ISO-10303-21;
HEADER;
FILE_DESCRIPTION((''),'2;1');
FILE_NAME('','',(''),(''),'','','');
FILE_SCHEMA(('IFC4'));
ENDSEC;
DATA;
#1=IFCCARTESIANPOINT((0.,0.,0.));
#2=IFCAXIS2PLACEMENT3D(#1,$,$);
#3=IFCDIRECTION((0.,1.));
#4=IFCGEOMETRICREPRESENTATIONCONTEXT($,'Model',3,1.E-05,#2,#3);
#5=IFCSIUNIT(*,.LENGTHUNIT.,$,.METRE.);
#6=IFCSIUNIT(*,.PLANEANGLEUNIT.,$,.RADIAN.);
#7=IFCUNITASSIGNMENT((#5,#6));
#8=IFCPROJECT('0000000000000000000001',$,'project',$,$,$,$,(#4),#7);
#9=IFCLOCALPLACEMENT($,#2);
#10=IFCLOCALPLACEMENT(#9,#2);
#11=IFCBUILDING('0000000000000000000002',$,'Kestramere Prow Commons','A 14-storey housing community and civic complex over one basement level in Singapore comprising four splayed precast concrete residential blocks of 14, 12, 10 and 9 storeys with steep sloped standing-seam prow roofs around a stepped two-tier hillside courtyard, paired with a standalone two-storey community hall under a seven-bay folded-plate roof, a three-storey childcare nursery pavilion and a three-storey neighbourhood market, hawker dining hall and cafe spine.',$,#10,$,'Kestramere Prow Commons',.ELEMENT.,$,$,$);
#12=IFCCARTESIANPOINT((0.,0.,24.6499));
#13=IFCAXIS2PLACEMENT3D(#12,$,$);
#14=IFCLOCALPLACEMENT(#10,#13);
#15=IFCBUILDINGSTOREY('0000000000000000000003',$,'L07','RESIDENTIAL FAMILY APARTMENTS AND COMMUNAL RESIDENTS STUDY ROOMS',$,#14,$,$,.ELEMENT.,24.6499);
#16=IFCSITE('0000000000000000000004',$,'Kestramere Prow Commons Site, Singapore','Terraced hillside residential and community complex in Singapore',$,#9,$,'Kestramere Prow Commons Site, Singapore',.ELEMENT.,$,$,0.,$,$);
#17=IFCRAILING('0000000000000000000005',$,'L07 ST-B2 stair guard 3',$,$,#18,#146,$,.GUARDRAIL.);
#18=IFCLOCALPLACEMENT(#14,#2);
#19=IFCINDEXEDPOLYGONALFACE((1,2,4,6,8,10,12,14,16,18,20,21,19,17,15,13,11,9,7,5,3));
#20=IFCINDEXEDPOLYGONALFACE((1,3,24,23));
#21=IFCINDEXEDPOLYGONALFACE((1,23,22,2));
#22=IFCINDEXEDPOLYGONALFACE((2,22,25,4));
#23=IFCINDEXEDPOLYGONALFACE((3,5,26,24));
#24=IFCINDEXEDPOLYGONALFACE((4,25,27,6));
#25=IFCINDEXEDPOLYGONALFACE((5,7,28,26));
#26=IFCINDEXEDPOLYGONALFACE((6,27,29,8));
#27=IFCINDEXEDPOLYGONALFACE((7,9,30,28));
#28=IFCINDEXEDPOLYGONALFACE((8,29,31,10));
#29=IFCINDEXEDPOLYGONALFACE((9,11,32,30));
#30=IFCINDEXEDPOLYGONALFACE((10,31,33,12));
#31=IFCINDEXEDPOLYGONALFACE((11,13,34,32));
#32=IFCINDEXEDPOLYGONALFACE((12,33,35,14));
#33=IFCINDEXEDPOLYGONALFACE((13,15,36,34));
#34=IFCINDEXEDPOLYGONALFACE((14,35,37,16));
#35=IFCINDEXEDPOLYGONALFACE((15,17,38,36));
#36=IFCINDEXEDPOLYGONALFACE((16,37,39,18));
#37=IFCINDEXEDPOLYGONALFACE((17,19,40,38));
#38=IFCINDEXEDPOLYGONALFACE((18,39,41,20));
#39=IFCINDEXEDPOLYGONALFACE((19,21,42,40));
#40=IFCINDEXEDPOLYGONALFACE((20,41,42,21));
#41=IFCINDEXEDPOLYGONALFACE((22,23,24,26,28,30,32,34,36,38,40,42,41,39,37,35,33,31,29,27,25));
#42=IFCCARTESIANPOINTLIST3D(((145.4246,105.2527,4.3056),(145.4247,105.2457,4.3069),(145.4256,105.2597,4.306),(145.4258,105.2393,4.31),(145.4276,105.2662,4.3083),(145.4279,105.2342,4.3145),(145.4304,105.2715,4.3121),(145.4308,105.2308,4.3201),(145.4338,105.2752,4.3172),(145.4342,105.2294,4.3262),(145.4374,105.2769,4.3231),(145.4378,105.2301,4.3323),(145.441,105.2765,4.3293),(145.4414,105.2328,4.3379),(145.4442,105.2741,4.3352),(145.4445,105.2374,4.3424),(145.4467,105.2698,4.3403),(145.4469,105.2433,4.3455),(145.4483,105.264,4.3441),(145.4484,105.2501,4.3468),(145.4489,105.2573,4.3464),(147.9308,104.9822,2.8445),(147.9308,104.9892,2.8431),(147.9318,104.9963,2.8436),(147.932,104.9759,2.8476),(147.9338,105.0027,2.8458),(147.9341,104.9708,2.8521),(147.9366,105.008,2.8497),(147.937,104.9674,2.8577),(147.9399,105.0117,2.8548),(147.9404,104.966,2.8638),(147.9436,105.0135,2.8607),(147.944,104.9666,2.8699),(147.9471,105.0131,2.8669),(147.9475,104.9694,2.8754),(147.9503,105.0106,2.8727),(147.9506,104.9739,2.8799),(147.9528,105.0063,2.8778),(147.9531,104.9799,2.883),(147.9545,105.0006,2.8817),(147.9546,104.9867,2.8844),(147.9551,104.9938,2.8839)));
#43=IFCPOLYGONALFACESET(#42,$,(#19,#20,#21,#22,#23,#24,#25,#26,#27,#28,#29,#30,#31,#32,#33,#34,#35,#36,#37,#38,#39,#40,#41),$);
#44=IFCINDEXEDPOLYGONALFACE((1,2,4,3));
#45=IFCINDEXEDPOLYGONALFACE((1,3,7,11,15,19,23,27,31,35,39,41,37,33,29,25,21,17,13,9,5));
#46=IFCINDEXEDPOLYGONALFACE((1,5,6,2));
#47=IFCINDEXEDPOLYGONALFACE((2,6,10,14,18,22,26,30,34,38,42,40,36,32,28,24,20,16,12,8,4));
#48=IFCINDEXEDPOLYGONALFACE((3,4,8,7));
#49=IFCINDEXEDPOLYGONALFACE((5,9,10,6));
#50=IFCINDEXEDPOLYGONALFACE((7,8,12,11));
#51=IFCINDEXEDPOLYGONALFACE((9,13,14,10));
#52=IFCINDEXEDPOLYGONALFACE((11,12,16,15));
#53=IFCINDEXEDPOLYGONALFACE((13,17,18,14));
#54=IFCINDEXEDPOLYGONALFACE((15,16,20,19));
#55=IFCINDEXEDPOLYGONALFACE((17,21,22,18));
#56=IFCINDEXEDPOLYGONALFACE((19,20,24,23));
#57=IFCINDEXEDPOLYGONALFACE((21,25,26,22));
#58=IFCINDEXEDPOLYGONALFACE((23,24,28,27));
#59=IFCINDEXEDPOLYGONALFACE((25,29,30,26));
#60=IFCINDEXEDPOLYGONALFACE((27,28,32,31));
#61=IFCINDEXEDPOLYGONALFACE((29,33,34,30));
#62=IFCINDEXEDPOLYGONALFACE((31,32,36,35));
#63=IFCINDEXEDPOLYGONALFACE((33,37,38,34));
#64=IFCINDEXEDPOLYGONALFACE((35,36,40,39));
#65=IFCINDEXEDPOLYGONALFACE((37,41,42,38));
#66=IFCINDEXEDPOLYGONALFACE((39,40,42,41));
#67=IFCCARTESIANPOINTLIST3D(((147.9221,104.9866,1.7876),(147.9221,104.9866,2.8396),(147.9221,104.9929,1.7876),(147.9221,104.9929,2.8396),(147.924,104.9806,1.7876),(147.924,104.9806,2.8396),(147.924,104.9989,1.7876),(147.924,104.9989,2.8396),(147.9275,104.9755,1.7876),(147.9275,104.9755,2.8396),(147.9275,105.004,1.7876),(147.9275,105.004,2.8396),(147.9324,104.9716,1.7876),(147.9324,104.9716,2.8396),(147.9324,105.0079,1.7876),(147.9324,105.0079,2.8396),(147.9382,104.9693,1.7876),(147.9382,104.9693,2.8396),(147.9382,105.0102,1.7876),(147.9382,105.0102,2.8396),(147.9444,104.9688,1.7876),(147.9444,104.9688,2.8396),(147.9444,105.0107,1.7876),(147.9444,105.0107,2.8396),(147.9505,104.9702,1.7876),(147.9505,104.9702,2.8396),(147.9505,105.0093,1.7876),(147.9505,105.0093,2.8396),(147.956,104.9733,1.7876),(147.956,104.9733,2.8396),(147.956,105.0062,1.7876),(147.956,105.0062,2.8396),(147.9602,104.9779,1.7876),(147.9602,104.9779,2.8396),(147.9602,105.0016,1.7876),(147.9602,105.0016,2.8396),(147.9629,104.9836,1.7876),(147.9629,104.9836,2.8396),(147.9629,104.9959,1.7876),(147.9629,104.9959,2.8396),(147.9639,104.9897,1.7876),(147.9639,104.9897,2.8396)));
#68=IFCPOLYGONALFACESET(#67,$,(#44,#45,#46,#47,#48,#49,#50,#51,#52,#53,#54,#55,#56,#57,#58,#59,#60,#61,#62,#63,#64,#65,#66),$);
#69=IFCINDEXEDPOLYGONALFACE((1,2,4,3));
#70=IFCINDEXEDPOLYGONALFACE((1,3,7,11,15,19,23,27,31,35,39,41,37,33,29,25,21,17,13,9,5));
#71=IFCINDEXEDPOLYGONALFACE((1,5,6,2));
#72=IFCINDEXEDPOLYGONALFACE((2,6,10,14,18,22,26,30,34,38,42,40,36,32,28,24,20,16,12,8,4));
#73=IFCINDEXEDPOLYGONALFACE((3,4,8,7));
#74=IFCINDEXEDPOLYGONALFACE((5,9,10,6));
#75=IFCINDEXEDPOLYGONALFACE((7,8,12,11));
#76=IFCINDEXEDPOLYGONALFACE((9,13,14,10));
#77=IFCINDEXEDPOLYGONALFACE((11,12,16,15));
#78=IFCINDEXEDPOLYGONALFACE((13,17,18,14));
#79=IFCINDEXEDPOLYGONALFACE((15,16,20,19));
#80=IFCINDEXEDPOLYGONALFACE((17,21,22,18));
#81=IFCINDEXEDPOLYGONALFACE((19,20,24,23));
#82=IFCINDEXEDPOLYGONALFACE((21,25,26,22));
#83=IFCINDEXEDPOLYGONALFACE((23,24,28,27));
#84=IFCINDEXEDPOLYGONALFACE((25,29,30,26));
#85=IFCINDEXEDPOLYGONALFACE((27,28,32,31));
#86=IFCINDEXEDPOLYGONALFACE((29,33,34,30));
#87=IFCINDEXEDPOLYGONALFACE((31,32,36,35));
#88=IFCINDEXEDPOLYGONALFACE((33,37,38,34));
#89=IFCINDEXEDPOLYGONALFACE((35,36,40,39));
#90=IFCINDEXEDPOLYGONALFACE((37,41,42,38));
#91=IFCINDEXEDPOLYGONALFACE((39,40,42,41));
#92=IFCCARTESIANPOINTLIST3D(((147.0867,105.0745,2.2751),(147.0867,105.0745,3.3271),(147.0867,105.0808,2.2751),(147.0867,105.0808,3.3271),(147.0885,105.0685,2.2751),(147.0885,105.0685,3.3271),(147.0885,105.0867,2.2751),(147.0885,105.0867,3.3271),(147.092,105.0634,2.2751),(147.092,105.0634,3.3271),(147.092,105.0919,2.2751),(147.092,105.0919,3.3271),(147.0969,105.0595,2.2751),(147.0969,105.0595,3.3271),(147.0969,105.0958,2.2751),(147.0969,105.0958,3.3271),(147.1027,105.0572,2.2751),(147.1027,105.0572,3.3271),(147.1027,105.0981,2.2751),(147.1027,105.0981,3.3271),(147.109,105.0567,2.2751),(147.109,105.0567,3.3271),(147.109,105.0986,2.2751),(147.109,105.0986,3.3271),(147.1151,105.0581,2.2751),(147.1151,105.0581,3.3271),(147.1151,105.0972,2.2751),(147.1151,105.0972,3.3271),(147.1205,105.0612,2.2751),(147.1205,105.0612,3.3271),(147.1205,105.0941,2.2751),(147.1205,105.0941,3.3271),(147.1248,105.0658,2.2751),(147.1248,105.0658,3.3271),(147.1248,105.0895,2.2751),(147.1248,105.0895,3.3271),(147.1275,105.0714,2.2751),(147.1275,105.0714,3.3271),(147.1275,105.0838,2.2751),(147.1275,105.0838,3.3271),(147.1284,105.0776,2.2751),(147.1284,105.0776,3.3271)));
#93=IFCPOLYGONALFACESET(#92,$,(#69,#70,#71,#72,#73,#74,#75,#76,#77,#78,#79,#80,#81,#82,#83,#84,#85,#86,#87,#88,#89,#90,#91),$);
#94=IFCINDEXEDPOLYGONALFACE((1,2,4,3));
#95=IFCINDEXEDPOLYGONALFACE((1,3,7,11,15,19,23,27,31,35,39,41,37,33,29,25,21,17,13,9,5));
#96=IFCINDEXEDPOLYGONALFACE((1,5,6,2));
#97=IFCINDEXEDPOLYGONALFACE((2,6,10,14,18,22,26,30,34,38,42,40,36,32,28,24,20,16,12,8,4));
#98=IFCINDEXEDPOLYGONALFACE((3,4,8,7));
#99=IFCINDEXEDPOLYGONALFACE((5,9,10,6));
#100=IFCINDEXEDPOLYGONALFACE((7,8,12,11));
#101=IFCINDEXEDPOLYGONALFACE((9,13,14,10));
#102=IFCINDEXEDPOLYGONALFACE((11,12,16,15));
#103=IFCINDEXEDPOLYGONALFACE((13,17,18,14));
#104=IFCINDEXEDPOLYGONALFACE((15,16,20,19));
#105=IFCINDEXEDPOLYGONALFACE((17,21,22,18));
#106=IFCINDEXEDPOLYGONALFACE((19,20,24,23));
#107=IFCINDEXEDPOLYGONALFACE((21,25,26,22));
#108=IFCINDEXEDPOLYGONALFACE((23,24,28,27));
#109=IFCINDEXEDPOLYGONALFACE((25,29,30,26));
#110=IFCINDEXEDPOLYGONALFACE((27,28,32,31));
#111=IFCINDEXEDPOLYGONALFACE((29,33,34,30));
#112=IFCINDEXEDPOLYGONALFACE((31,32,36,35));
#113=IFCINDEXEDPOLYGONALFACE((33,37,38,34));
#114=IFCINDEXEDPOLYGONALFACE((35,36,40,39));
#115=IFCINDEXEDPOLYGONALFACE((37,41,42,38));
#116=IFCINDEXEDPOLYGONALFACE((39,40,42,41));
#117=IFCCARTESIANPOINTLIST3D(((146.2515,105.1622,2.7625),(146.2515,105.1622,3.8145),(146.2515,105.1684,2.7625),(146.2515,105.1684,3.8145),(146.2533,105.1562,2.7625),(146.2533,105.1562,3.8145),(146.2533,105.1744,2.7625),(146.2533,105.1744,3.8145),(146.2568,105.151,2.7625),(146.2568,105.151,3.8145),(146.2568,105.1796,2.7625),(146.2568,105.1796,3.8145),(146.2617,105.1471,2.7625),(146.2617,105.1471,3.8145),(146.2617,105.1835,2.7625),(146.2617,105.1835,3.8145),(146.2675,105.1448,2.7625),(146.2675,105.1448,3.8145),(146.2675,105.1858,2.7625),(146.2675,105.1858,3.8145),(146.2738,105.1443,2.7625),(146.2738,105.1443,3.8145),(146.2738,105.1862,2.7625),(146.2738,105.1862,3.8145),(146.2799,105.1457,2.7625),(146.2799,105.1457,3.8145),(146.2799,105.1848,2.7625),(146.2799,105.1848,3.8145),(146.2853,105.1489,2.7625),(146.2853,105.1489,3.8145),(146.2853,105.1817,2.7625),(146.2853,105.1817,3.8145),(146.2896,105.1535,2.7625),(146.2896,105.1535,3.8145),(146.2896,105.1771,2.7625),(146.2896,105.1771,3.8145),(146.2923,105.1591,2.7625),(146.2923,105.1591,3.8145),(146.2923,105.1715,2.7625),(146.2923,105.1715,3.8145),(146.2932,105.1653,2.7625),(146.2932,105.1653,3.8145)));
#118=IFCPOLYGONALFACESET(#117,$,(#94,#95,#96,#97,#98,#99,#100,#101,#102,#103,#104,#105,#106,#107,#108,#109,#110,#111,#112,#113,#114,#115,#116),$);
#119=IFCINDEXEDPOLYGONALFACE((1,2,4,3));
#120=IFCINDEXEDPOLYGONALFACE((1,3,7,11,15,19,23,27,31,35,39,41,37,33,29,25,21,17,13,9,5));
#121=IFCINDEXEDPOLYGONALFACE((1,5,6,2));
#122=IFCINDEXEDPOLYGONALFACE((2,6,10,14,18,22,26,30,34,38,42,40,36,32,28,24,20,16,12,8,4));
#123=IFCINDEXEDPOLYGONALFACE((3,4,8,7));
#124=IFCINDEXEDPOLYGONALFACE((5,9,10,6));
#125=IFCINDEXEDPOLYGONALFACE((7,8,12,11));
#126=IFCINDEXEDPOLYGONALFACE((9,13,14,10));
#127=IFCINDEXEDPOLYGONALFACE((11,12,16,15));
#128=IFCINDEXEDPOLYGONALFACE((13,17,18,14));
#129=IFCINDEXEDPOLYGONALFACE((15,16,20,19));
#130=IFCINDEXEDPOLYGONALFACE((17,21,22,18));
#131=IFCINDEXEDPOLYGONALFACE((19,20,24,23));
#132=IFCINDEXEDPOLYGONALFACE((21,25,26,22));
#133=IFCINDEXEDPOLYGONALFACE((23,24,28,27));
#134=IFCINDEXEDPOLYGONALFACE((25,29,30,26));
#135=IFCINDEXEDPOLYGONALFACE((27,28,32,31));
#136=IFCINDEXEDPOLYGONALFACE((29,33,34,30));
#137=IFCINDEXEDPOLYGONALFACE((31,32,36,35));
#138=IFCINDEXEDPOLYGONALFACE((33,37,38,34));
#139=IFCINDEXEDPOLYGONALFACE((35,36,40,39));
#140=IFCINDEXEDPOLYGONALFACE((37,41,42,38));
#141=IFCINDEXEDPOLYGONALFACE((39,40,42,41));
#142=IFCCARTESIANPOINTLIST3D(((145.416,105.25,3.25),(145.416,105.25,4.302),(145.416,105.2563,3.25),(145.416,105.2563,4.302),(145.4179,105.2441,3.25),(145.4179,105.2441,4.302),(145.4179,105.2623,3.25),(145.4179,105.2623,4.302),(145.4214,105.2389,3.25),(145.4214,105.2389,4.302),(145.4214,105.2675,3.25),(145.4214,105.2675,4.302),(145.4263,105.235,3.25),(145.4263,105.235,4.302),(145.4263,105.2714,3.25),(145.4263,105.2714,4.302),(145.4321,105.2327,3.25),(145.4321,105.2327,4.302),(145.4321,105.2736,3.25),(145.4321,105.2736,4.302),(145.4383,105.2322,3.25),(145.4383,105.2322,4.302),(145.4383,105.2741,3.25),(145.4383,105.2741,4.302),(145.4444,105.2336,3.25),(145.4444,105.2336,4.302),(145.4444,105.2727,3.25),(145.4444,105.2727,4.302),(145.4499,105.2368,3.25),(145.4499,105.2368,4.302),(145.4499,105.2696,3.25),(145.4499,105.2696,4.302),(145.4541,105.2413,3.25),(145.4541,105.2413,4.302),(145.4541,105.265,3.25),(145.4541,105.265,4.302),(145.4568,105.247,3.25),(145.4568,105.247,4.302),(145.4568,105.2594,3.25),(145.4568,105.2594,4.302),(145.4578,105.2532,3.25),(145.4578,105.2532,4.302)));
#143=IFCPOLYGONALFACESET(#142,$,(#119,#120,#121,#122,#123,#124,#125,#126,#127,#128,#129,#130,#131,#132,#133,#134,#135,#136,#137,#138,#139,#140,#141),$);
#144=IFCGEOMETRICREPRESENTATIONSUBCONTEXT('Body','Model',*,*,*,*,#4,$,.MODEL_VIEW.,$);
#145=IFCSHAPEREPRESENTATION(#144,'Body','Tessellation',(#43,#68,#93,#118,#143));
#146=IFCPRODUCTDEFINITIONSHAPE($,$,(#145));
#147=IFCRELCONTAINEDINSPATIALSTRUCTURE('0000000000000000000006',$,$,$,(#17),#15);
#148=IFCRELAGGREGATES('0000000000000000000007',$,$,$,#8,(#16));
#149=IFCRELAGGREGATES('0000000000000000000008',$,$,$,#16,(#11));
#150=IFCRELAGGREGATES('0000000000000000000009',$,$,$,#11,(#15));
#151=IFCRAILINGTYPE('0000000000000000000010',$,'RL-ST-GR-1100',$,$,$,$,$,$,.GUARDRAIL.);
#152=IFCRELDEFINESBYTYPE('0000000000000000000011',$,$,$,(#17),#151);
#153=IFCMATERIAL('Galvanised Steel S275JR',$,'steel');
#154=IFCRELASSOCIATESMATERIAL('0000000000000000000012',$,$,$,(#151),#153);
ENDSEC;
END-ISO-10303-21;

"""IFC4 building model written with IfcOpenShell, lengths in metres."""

from ifc_helpers import new_model, si_unit, direction, frame, origin, origin_2d, place, context, subcontext, project, spatial, circle, extrude, material, type_object, element, save


model = new_model("IFC4")

# Units and contexts
model_context = context("Model", 3, precision=1e-05, world=origin(), true_north=direction((0.0, 1.0)))
body_context = subcontext(model_context, "Body", "Model", "MODEL_VIEW")
ifc_project = project(units=[si_unit("LENGTHUNIT", "METRE"), si_unit("PLANEANGLEUNIT", "RADIAN")], contexts=[model_context])

# Site, building, storey
site_placement = place(None, origin())
site = spatial("IfcSite", under=ifc_project, at=site_placement, Name="Kestramere Prow Commons Site, Singapore", Description="Terraced hillside residential and community complex in Singapore", LongName="Kestramere Prow Commons Site, Singapore", CompositionType="ELEMENT", RefElevation=0.0)
building_placement = place(site_placement, origin())
building = spatial("IfcBuilding", under=site, at=building_placement, Name="Kestramere Prow Commons", Description="A 14-storey housing community and civic complex over one basement level in Singapore comprising four splayed precast concrete residential blocks of 14, 12, 10 and 9 storeys with steep sloped standing-seam prow roofs around a stepped two-tier hillside courtyard, paired with a standalone two-storey community hall under a seven-bay folded-plate roof, a three-storey childcare nursery pavilion and a three-storey neighbourhood market, hawker dining hall and cafe spine.", LongName="Kestramere Prow Commons", CompositionType="ELEMENT")
storey_placement = place(building_placement, frame((0.0, 0.0, 24.6499)))
storey = spatial("IfcBuildingStorey", under=building, at=storey_placement, Name="L07", Description="RESIDENTIAL FAMILY APARTMENTS AND COMMUNAL RESIDENTS STUDY ROOMS", CompositionType="ELEMENT", Elevation=24.6499)

# Railing
ifc_material_1 = material(Name="Galvanised Steel S275JR", Category="steel")
railing_type_1 = type_object("IfcRailingType", Name="RL-ST-GR-1100", PredefinedType="GUARDRAIL", material=ifc_material_1)
railing_1_placement = place(storey_placement, frame((147.9429, 104.9897, 1.7876)))
element("IfcRailing", 1, at=railing_1_placement, inside=storey, type_object=railing_type_1, Name="L07 ST-B2 stair guard 3", PredefinedType="GUARDRAIL", context=body_context, shape_type="SweptSolid", body=[
    extrude(circle(Radius=0.0239, at=origin_2d()), frame((0.0, 0.0, 1.0762), z_axis=(-0.860165, 0.090416, 0.501937), x_axis=(-0.104539, -0.994521, 0.0)), (0.0, 0.0, 1.0), 2.9136),
    extrude(circle(Radius=0.021, at=origin_2d()), origin(), (0.0, 0.0, 1.0), 1.052),
    extrude(circle(Radius=0.021, at=origin_2d()), frame((-0.8354, 0.0879, 0.4875)), (0.0, 0.0, 1.0), 1.052),
    extrude(circle(Radius=0.021, at=origin_2d()), frame((-1.6707, 0.1755, 0.9749)), (0.0, 0.0, 1.0), 1.052),
    extrude(circle(Radius=0.021, at=origin_2d()), frame((-2.5061, 0.2634, 1.4624)), (0.0, 0.0, 1.0), 1.052),
])

save(model, "model.ifc")
